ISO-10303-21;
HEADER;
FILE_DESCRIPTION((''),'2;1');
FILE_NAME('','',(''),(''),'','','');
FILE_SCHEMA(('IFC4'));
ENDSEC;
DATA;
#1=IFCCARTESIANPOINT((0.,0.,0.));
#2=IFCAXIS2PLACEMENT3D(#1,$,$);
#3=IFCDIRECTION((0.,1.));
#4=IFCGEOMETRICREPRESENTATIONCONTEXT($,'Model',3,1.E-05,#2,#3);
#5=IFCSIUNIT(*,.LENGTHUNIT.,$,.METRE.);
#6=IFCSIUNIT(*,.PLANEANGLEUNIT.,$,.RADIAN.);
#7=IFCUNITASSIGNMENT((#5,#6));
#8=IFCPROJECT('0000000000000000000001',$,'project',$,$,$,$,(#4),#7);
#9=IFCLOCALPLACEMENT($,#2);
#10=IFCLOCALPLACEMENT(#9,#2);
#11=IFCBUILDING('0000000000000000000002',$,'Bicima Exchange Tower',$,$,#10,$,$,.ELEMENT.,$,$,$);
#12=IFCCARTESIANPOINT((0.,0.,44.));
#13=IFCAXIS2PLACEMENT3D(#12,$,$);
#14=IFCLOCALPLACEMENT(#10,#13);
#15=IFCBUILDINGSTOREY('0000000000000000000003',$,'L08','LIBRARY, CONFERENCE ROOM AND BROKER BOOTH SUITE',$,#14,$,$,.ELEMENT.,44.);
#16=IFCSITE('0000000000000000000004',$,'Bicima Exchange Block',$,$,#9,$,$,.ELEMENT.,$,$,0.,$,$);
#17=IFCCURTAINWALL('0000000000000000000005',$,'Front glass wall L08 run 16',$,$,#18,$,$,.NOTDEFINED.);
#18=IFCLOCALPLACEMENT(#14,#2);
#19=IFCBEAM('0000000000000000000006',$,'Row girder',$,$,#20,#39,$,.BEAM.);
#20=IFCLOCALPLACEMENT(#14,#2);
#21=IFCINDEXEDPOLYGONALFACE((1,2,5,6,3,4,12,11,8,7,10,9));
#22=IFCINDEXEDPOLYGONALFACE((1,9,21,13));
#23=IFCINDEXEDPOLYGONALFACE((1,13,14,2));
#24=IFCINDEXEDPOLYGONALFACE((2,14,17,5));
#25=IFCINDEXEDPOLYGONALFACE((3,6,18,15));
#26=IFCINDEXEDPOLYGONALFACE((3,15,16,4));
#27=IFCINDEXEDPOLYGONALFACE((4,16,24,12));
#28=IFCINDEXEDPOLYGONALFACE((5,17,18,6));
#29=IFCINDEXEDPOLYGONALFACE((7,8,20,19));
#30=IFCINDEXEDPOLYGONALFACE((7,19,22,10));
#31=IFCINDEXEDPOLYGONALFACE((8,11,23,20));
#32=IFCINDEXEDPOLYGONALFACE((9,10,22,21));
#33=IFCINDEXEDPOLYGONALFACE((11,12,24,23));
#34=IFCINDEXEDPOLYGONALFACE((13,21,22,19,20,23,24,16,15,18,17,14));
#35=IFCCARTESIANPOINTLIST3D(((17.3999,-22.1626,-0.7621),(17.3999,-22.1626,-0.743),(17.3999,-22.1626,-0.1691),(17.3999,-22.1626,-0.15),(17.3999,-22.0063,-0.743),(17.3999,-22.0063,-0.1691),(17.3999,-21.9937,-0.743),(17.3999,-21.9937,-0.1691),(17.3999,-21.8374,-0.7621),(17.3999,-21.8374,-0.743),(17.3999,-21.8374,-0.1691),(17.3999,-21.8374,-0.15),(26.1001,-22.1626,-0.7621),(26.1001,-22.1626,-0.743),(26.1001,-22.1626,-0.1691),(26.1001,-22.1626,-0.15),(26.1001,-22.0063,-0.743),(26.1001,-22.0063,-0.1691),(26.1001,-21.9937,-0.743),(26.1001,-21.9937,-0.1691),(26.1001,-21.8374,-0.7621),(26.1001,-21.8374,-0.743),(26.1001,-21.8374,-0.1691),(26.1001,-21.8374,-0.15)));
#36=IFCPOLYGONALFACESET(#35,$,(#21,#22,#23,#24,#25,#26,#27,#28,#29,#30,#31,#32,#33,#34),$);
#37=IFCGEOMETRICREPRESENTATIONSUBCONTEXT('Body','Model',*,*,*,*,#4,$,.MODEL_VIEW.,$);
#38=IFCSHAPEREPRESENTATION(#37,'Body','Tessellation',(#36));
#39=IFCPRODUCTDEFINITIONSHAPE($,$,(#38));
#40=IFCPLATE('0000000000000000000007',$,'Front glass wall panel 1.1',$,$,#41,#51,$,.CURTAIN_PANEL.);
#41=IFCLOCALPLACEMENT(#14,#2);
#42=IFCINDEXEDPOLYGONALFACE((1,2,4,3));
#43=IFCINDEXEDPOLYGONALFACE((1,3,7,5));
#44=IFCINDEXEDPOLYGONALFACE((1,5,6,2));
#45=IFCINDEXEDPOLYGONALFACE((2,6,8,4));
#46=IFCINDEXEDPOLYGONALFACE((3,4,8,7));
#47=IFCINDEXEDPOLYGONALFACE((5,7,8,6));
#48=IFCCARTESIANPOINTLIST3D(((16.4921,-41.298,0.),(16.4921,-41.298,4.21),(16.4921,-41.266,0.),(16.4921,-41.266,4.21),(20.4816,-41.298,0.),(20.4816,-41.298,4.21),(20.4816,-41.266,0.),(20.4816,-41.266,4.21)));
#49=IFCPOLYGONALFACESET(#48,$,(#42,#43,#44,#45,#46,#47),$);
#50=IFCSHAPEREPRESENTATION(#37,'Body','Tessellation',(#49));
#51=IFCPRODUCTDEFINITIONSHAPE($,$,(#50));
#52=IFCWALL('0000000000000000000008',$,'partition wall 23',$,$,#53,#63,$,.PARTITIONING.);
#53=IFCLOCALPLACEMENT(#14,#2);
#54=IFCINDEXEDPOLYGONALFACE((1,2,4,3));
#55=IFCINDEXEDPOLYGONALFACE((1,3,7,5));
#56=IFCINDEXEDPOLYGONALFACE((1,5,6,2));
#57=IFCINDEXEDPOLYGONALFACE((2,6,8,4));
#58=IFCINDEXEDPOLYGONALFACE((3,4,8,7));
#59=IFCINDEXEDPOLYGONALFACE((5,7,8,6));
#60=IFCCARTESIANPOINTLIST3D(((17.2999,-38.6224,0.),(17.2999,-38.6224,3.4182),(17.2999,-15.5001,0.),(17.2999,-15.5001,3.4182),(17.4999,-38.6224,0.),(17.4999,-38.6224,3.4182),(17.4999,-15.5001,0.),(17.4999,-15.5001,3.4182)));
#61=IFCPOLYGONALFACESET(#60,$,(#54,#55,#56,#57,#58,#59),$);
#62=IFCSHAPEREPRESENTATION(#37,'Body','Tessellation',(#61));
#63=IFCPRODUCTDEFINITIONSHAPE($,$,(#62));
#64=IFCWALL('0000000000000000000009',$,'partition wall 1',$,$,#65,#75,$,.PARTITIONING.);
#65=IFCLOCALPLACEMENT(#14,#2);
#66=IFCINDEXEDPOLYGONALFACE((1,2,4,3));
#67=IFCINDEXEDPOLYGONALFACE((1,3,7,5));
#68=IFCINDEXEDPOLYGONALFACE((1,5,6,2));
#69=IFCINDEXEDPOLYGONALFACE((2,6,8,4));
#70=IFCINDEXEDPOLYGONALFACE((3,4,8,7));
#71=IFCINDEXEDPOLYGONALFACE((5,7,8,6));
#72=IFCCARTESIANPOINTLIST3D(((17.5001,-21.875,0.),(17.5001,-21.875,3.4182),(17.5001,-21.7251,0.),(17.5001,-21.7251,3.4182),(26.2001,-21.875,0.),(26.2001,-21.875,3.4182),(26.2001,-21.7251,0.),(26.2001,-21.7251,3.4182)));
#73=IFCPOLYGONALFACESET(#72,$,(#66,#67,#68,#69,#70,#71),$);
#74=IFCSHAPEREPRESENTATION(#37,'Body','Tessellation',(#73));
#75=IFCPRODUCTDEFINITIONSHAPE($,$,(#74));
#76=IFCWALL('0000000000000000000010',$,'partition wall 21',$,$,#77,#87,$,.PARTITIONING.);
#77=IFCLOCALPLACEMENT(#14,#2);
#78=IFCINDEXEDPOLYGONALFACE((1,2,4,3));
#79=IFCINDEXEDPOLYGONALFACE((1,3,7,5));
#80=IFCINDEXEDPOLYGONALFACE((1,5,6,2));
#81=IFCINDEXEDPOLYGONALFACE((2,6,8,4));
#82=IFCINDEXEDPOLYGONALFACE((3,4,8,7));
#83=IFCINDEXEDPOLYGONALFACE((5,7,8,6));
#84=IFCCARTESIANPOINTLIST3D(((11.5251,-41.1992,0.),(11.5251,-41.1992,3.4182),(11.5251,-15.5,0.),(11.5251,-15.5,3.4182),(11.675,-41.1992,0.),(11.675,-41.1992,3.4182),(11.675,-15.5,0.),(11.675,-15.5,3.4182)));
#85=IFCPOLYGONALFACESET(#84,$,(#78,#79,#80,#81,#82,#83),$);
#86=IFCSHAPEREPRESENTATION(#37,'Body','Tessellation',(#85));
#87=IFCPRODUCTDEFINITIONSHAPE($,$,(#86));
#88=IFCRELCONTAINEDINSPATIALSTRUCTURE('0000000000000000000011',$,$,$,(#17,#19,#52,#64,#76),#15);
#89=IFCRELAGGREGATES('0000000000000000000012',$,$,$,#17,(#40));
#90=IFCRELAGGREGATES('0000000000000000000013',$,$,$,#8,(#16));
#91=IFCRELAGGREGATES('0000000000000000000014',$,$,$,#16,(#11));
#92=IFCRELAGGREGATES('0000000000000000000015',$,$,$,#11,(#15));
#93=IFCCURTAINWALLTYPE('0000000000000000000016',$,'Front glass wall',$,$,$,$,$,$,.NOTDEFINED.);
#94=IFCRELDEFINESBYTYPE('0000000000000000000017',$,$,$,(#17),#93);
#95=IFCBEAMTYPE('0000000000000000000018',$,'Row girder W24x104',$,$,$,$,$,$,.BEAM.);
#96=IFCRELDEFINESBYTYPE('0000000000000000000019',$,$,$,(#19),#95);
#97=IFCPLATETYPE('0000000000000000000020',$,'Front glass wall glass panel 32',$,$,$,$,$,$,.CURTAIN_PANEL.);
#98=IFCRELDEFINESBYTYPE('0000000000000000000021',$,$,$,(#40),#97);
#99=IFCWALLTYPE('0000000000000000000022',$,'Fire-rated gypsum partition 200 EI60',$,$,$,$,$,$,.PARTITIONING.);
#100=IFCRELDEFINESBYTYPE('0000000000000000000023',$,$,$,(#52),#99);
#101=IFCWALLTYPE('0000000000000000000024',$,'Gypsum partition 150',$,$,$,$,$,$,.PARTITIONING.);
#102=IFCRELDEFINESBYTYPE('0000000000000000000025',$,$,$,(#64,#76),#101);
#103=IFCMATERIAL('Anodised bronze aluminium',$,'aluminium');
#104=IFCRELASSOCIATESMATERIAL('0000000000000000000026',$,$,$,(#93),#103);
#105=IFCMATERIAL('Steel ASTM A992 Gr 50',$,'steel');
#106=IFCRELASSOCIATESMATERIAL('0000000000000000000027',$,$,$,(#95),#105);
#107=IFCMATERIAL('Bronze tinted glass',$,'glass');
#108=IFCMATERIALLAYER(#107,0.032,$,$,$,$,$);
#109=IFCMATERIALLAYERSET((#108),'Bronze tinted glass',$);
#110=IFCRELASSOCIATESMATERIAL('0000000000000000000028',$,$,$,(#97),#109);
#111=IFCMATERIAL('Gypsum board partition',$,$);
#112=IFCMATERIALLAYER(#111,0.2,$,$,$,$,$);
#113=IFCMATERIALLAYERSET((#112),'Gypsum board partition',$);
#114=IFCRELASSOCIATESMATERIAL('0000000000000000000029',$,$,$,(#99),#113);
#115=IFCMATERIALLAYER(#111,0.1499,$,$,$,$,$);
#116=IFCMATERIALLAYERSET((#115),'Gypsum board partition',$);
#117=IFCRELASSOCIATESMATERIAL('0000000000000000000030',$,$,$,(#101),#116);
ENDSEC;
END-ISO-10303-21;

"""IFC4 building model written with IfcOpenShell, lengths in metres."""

from ifc_helpers import new_model, si_unit, direction, frame, frame_2d, origin, origin_2d, place, context, subcontext, project, spatial, rectangle, i_section, extrude, material, layer, layer_set, material_profile, profile_set, type_object, element, aggregate, save


model = new_model("IFC4")

# Units and contexts
model_context = context("Model", 3, precision=1e-05, world=origin(), true_north=direction((0.0, 1.0)))
body_context = subcontext(model_context, "Body", "Model", "MODEL_VIEW")
ifc_project = project(units=[si_unit("LENGTHUNIT", "METRE"), si_unit("PLANEANGLEUNIT", "RADIAN")], contexts=[model_context])

# Site, building, storey
site_placement = place(None, origin())
site = spatial("IfcSite", under=ifc_project, at=site_placement, Name="Bicima Exchange Block", CompositionType="ELEMENT", RefElevation=0.0)
building_placement = place(site_placement, origin())
building = spatial("IfcBuilding", under=site, at=building_placement, Name="Bicima Exchange Tower", CompositionType="ELEMENT")
storey_placement = place(building_placement, frame((0.0, 0.0, 44.0)))
storey = spatial("IfcBuildingStorey", under=building, at=storey_placement, Name="L08", Description="LIBRARY, CONFERENCE ROOM AND BROKER BOOTH SUITE", CompositionType="ELEMENT", Elevation=44.0)

# Shared definitions
ifc_material_1 = material(Name="Steel ASTM A992 Gr 50", Category="steel")

# Shared definitions
ifc_material_profile_1 = material_profile(ifc_material_1, i_section(OverallWidth=0.3252, OverallDepth=0.6121, WebThickness=0.0127, FlangeThickness=0.019, at=origin_2d()))
ifc_profile_set_1 = profile_set([ifc_material_profile_1], Name="Steel ASTM A992 Gr 50")

# Curtain wall
ifc_material_2 = material(Name="Anodised bronze aluminium", Category="aluminium")
curtain_wall_type = type_object("IfcCurtainWallType", Name="Front glass wall", PredefinedType="NOTDEFINED", material=ifc_material_2)
curtain_wall_1_placement = place(storey_placement, origin())
curtain_wall_1 = element("IfcCurtainWall", 1, at=curtain_wall_1_placement, inside=storey, type_object=curtain_wall_type, Name="Front glass wall L08 run 16", PredefinedType="NOTDEFINED")

# Beam
beam_type_1 = type_object("IfcBeamType", Name="Row girder W24x104", PredefinedType="BEAM", material=ifc_profile_set_1)
beam_1_placement = place(storey_placement, frame((17.3999, -22.0, -0.4561), z_axis=(1.0, 0.0, 0.0), x_axis=(0.0, 1.0, 0.0)))
element("IfcBeam", 2, at=beam_1_placement, inside=storey, type_object=beam_type_1, Name="Row girder", PredefinedType="BEAM", context=body_context, shape_type="SweptSolid", body=[
    extrude(i_section(OverallWidth=0.3252, OverallDepth=0.6121, WebThickness=0.0127, FlangeThickness=0.019, at=origin_2d()), origin(), (0.0, 0.0, 1.0), 8.7002),
])

# Plate
ifc_material_3 = material(Name="Bronze tinted glass", Category="glass")
ifc_layer_1 = layer(ifc_material_3, 0.032)
ifc_layer_set_1 = layer_set([ifc_layer_1], Name="Bronze tinted glass")
plate_type = type_object("IfcPlateType", Name="Front glass wall glass panel 32", PredefinedType="CURTAIN_PANEL", material=ifc_layer_set_1)
plate_placement = place(storey_placement, frame((18.4868, -41.282, 0.0), z_axis=(0.0, 0.0, 1.0), x_axis=(1.0, 0.0, 0.0)))
plate = element("IfcPlate", 3, at=plate_placement, type_object=plate_type, Name="Front glass wall panel 1.1", PredefinedType="CURTAIN_PANEL", context=body_context, shape_type="SweptSolid", body=[
    extrude(rectangle(XDim=3.9895, YDim=0.032, at=origin_2d()), origin(), (0.0, 0.0, 1.0), 4.21),
])
aggregate(curtain_wall_1, [plate])

# Walls
ifc_material_4 = material(Name="Gypsum board partition")
ifc_layer_2 = layer(ifc_material_4, 0.2)
ifc_layer_set_2 = layer_set([ifc_layer_2], Name="Gypsum board partition")
wall_type_1 = type_object("IfcWallType", Name="Fire-rated gypsum partition 200 EI60", PredefinedType="PARTITIONING", material=ifc_layer_set_2)
wall_1_placement = place(storey_placement, frame((17.3999, -38.6223, 0.0), z_axis=(0.0, 0.0, 1.0), x_axis=(0.0, 1.0, 0.0)))
element("IfcWall", 4, at=wall_1_placement, inside=storey, type_object=wall_type_1, Name="partition wall 23", PredefinedType="PARTITIONING", context=body_context, shape_type="SweptSolid", body=[
    extrude(rectangle(XDim=23.1223, YDim=0.2, at=frame_2d((11.561, 0.0))), origin(), (0.0, 0.0, 1.0), 3.4182),
])
ifc_layer_3 = layer(ifc_material_4, 0.1499)
ifc_layer_set_3 = layer_set([ifc_layer_3], Name="Gypsum board partition")
wall_type_2 = type_object("IfcWallType", Name="Gypsum partition 150", PredefinedType="PARTITIONING", material=ifc_layer_set_3)
wall_2_placement = place(storey_placement, frame((17.5, -21.8, 0.0), z_axis=(0.0, 0.0, 1.0), x_axis=(1.0, 0.0, 0.0)))
element("IfcWall", 5, at=wall_2_placement, inside=storey, type_object=wall_type_2, Name="partition wall 1", PredefinedType="PARTITIONING", context=body_context, shape_type="SweptSolid", body=[
    extrude(rectangle(XDim=8.7, YDim=0.1499, at=frame_2d((4.3501, 0.0))), origin(), (0.0, 0.0, 1.0), 3.4182),
])
wall_3_placement = place(storey_placement, frame((11.6001, -41.1992, 0.0), z_axis=(0.0, 0.0, 1.0), x_axis=(0.0, 1.0, 0.0)))
element("IfcWall", 6, at=wall_3_placement, inside=storey, type_object=wall_type_2, Name="partition wall 21", PredefinedType="PARTITIONING", context=body_context, shape_type="SweptSolid", body=[
    extrude(rectangle(XDim=25.6992, YDim=0.1499, at=frame_2d((12.8496, 0.0))), origin(), (0.0, 0.0, 1.0), 3.4182),
])

save(model, "model.ifc")
